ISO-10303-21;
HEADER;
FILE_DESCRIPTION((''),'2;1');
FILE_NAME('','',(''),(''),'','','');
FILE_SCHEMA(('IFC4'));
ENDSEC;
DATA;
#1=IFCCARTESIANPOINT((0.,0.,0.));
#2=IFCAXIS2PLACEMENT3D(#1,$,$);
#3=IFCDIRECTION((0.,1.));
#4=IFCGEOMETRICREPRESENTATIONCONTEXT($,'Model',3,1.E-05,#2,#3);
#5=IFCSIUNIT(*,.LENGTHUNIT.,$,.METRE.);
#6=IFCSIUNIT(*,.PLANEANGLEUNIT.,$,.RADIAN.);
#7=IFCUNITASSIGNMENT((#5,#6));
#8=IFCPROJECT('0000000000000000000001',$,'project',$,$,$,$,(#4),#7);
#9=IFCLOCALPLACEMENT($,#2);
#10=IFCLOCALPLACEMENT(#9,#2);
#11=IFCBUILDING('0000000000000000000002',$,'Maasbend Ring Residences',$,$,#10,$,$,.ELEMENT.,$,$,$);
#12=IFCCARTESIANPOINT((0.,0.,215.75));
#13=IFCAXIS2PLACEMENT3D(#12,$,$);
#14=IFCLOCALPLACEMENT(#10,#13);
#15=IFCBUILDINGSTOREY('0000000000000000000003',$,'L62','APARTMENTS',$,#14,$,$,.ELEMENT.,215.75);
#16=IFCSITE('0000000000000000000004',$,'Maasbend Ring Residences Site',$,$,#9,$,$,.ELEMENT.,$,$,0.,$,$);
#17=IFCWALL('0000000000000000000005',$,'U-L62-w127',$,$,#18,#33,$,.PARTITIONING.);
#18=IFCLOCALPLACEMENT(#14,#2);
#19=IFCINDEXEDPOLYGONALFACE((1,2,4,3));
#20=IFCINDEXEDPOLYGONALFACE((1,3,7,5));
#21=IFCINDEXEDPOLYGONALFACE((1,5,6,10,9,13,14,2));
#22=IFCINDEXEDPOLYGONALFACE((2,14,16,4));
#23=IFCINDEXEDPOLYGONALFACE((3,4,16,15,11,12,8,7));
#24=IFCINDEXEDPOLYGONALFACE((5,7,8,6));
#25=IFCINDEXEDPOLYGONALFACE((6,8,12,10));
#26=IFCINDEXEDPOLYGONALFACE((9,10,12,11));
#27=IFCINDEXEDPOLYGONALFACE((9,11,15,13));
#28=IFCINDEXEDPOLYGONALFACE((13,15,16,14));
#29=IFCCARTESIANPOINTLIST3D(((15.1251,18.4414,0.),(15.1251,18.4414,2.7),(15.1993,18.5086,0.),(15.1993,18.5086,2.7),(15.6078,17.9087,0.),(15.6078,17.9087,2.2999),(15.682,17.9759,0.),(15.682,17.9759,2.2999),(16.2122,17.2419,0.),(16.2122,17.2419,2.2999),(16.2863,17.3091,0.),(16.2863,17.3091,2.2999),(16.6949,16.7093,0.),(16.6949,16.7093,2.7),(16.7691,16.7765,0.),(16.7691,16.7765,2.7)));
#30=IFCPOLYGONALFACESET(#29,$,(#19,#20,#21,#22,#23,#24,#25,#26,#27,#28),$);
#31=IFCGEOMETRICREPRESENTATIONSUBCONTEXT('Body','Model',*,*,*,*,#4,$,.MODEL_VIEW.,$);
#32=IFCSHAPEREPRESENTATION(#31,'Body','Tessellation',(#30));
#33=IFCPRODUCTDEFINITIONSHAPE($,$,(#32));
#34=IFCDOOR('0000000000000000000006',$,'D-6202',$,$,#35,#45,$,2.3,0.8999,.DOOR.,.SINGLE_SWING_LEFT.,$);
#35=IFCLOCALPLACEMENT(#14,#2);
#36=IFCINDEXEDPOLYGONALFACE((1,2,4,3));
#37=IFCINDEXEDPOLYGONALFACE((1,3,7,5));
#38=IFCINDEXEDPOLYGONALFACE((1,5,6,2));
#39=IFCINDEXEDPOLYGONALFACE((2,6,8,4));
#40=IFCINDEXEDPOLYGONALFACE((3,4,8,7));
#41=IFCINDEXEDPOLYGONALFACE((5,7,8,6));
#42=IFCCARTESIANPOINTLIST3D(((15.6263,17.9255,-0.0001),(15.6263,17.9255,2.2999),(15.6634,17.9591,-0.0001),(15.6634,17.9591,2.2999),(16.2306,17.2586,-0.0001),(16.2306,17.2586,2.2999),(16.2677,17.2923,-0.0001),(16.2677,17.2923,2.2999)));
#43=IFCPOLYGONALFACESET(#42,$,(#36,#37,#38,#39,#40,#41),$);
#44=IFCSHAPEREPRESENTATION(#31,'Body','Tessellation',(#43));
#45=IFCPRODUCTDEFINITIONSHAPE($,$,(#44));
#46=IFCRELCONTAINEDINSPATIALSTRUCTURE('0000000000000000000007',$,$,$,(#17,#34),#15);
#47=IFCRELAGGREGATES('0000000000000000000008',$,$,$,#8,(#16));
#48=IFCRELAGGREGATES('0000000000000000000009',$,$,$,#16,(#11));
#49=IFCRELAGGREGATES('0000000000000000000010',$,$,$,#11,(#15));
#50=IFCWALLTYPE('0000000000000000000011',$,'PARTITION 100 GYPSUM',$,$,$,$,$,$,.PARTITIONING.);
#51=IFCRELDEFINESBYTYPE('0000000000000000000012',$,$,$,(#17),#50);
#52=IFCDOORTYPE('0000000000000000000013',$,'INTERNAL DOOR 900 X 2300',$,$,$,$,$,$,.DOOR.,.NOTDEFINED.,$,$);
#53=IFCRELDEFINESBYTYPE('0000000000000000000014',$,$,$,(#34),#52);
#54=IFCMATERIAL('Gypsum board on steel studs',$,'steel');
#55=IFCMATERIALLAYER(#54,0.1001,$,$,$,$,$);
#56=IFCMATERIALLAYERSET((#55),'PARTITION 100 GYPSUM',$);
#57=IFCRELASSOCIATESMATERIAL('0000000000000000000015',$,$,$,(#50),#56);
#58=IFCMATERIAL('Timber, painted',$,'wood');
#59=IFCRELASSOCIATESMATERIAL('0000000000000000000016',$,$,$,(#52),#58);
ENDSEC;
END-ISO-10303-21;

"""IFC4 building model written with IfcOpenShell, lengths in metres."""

from ifc_helpers import new_model, si_unit, direction, frame, frame_2d, origin, place, context, subcontext, project, spatial, rectangle, extrude, material, layer, layer_set, type_object, element, fill, save


model = new_model("IFC4")

# Units and contexts
model_context = context("Model", 3, precision=1e-05, world=origin(), true_north=direction((0.0, 1.0)))
body_context = subcontext(model_context, "Body", "Model", "MODEL_VIEW")
ifc_project = project(units=[si_unit("LENGTHUNIT", "METRE"), si_unit("PLANEANGLEUNIT", "RADIAN")], contexts=[model_context])

# Site, building, storey
site_placement = place(None, origin())
site = spatial("IfcSite", under=ifc_project, at=site_placement, Name="Maasbend Ring Residences Site", CompositionType="ELEMENT", RefElevation=0.0)
building_placement = place(site_placement, origin())
building = spatial("IfcBuilding", under=site, at=building_placement, Name="Maasbend Ring Residences", CompositionType="ELEMENT")
storey_placement = place(building_placement, frame((0.0, 0.0, 215.75)))
storey = spatial("IfcBuildingStorey", under=building, at=storey_placement, Name="L62", Description="APARTMENTS", CompositionType="ELEMENT", Elevation=215.75)

# Wall, opening, door
ifc_material_1 = material(Name="Gypsum board on steel studs", Category="steel")
ifc_layer_1 = layer(ifc_material_1, 0.1001)
ifc_layer_set_1 = layer_set([ifc_layer_1], Name="PARTITION 100 GYPSUM")
wall_type_1 = type_object("IfcWallType", Name="PARTITION 100 GYPSUM", PredefinedType="PARTITIONING", material=ifc_layer_set_1)
ifc_material_2 = material(Name="Timber, painted", Category="wood")
door_type_1 = type_object("IfcDoorType", Name="INTERNAL DOOR 900 X 2300", OperationType="NOTDEFINED", PredefinedType="DOOR", material=ifc_material_2)
wall_1_placement = place(storey_placement, frame((15.1621, 18.4751, 0.0), z_axis=(0.0, 0.0, 1.0), x_axis=(0.671528, -0.740979, 0.0)))
wall_1 = element("IfcWall", 1, at=wall_1_placement, inside=storey, type_object=wall_type_1, Name="U-L62-w127", PredefinedType="PARTITIONING", context=body_context, shape_type="SweptSolid", body=[
    extrude(rectangle(XDim=2.3376, YDim=0.1001, at=frame_2d((1.1689, 0.0))), origin(), (0.0, 0.0, 1.0), 2.7),
])
opening_1_placement = place(wall_1_placement, frame((0.719, 0.0, 0.0)))
opening_1 = element("IfcOpeningElement", 2, at=opening_1_placement, cuts=wall_1, PredefinedType="OPENING", context=body_context, shape_type="SweptSolid", body=[
    extrude(rectangle(XDim=0.8999, YDim=2.3, at=frame_2d((0.45, 1.1499))), frame((0.0, 0.0601, 0.0), z_axis=(0.0, -1.0, 0.0), x_axis=(1.0, 0.0, 0.0)), (0.0, 0.0, 1.0), 0.1201),
])
door_1_placement = place(opening_1_placement, origin())
door_1 = element("IfcDoor", 3, at=door_1_placement, inside=storey, type_object=door_type_1, Name="D-6202", OperationType="SINGLE_SWING_LEFT", OverallHeight=2.3, OverallWidth=0.8999, PredefinedType="DOOR", context=body_context, shape_type="SweptSolid", body=[
    extrude(rectangle(XDim=0.8999, YDim=2.3, at=frame_2d((0.45, 1.1499))), frame((0.0, 0.0249, 0.0), z_axis=(0.0, -1.0, 0.0), x_axis=(1.0, 0.0, 0.0)), (0.0, 0.0, 1.0), 0.05),
])
fill(opening_1, door_1)

save(model, "model.ifc")
